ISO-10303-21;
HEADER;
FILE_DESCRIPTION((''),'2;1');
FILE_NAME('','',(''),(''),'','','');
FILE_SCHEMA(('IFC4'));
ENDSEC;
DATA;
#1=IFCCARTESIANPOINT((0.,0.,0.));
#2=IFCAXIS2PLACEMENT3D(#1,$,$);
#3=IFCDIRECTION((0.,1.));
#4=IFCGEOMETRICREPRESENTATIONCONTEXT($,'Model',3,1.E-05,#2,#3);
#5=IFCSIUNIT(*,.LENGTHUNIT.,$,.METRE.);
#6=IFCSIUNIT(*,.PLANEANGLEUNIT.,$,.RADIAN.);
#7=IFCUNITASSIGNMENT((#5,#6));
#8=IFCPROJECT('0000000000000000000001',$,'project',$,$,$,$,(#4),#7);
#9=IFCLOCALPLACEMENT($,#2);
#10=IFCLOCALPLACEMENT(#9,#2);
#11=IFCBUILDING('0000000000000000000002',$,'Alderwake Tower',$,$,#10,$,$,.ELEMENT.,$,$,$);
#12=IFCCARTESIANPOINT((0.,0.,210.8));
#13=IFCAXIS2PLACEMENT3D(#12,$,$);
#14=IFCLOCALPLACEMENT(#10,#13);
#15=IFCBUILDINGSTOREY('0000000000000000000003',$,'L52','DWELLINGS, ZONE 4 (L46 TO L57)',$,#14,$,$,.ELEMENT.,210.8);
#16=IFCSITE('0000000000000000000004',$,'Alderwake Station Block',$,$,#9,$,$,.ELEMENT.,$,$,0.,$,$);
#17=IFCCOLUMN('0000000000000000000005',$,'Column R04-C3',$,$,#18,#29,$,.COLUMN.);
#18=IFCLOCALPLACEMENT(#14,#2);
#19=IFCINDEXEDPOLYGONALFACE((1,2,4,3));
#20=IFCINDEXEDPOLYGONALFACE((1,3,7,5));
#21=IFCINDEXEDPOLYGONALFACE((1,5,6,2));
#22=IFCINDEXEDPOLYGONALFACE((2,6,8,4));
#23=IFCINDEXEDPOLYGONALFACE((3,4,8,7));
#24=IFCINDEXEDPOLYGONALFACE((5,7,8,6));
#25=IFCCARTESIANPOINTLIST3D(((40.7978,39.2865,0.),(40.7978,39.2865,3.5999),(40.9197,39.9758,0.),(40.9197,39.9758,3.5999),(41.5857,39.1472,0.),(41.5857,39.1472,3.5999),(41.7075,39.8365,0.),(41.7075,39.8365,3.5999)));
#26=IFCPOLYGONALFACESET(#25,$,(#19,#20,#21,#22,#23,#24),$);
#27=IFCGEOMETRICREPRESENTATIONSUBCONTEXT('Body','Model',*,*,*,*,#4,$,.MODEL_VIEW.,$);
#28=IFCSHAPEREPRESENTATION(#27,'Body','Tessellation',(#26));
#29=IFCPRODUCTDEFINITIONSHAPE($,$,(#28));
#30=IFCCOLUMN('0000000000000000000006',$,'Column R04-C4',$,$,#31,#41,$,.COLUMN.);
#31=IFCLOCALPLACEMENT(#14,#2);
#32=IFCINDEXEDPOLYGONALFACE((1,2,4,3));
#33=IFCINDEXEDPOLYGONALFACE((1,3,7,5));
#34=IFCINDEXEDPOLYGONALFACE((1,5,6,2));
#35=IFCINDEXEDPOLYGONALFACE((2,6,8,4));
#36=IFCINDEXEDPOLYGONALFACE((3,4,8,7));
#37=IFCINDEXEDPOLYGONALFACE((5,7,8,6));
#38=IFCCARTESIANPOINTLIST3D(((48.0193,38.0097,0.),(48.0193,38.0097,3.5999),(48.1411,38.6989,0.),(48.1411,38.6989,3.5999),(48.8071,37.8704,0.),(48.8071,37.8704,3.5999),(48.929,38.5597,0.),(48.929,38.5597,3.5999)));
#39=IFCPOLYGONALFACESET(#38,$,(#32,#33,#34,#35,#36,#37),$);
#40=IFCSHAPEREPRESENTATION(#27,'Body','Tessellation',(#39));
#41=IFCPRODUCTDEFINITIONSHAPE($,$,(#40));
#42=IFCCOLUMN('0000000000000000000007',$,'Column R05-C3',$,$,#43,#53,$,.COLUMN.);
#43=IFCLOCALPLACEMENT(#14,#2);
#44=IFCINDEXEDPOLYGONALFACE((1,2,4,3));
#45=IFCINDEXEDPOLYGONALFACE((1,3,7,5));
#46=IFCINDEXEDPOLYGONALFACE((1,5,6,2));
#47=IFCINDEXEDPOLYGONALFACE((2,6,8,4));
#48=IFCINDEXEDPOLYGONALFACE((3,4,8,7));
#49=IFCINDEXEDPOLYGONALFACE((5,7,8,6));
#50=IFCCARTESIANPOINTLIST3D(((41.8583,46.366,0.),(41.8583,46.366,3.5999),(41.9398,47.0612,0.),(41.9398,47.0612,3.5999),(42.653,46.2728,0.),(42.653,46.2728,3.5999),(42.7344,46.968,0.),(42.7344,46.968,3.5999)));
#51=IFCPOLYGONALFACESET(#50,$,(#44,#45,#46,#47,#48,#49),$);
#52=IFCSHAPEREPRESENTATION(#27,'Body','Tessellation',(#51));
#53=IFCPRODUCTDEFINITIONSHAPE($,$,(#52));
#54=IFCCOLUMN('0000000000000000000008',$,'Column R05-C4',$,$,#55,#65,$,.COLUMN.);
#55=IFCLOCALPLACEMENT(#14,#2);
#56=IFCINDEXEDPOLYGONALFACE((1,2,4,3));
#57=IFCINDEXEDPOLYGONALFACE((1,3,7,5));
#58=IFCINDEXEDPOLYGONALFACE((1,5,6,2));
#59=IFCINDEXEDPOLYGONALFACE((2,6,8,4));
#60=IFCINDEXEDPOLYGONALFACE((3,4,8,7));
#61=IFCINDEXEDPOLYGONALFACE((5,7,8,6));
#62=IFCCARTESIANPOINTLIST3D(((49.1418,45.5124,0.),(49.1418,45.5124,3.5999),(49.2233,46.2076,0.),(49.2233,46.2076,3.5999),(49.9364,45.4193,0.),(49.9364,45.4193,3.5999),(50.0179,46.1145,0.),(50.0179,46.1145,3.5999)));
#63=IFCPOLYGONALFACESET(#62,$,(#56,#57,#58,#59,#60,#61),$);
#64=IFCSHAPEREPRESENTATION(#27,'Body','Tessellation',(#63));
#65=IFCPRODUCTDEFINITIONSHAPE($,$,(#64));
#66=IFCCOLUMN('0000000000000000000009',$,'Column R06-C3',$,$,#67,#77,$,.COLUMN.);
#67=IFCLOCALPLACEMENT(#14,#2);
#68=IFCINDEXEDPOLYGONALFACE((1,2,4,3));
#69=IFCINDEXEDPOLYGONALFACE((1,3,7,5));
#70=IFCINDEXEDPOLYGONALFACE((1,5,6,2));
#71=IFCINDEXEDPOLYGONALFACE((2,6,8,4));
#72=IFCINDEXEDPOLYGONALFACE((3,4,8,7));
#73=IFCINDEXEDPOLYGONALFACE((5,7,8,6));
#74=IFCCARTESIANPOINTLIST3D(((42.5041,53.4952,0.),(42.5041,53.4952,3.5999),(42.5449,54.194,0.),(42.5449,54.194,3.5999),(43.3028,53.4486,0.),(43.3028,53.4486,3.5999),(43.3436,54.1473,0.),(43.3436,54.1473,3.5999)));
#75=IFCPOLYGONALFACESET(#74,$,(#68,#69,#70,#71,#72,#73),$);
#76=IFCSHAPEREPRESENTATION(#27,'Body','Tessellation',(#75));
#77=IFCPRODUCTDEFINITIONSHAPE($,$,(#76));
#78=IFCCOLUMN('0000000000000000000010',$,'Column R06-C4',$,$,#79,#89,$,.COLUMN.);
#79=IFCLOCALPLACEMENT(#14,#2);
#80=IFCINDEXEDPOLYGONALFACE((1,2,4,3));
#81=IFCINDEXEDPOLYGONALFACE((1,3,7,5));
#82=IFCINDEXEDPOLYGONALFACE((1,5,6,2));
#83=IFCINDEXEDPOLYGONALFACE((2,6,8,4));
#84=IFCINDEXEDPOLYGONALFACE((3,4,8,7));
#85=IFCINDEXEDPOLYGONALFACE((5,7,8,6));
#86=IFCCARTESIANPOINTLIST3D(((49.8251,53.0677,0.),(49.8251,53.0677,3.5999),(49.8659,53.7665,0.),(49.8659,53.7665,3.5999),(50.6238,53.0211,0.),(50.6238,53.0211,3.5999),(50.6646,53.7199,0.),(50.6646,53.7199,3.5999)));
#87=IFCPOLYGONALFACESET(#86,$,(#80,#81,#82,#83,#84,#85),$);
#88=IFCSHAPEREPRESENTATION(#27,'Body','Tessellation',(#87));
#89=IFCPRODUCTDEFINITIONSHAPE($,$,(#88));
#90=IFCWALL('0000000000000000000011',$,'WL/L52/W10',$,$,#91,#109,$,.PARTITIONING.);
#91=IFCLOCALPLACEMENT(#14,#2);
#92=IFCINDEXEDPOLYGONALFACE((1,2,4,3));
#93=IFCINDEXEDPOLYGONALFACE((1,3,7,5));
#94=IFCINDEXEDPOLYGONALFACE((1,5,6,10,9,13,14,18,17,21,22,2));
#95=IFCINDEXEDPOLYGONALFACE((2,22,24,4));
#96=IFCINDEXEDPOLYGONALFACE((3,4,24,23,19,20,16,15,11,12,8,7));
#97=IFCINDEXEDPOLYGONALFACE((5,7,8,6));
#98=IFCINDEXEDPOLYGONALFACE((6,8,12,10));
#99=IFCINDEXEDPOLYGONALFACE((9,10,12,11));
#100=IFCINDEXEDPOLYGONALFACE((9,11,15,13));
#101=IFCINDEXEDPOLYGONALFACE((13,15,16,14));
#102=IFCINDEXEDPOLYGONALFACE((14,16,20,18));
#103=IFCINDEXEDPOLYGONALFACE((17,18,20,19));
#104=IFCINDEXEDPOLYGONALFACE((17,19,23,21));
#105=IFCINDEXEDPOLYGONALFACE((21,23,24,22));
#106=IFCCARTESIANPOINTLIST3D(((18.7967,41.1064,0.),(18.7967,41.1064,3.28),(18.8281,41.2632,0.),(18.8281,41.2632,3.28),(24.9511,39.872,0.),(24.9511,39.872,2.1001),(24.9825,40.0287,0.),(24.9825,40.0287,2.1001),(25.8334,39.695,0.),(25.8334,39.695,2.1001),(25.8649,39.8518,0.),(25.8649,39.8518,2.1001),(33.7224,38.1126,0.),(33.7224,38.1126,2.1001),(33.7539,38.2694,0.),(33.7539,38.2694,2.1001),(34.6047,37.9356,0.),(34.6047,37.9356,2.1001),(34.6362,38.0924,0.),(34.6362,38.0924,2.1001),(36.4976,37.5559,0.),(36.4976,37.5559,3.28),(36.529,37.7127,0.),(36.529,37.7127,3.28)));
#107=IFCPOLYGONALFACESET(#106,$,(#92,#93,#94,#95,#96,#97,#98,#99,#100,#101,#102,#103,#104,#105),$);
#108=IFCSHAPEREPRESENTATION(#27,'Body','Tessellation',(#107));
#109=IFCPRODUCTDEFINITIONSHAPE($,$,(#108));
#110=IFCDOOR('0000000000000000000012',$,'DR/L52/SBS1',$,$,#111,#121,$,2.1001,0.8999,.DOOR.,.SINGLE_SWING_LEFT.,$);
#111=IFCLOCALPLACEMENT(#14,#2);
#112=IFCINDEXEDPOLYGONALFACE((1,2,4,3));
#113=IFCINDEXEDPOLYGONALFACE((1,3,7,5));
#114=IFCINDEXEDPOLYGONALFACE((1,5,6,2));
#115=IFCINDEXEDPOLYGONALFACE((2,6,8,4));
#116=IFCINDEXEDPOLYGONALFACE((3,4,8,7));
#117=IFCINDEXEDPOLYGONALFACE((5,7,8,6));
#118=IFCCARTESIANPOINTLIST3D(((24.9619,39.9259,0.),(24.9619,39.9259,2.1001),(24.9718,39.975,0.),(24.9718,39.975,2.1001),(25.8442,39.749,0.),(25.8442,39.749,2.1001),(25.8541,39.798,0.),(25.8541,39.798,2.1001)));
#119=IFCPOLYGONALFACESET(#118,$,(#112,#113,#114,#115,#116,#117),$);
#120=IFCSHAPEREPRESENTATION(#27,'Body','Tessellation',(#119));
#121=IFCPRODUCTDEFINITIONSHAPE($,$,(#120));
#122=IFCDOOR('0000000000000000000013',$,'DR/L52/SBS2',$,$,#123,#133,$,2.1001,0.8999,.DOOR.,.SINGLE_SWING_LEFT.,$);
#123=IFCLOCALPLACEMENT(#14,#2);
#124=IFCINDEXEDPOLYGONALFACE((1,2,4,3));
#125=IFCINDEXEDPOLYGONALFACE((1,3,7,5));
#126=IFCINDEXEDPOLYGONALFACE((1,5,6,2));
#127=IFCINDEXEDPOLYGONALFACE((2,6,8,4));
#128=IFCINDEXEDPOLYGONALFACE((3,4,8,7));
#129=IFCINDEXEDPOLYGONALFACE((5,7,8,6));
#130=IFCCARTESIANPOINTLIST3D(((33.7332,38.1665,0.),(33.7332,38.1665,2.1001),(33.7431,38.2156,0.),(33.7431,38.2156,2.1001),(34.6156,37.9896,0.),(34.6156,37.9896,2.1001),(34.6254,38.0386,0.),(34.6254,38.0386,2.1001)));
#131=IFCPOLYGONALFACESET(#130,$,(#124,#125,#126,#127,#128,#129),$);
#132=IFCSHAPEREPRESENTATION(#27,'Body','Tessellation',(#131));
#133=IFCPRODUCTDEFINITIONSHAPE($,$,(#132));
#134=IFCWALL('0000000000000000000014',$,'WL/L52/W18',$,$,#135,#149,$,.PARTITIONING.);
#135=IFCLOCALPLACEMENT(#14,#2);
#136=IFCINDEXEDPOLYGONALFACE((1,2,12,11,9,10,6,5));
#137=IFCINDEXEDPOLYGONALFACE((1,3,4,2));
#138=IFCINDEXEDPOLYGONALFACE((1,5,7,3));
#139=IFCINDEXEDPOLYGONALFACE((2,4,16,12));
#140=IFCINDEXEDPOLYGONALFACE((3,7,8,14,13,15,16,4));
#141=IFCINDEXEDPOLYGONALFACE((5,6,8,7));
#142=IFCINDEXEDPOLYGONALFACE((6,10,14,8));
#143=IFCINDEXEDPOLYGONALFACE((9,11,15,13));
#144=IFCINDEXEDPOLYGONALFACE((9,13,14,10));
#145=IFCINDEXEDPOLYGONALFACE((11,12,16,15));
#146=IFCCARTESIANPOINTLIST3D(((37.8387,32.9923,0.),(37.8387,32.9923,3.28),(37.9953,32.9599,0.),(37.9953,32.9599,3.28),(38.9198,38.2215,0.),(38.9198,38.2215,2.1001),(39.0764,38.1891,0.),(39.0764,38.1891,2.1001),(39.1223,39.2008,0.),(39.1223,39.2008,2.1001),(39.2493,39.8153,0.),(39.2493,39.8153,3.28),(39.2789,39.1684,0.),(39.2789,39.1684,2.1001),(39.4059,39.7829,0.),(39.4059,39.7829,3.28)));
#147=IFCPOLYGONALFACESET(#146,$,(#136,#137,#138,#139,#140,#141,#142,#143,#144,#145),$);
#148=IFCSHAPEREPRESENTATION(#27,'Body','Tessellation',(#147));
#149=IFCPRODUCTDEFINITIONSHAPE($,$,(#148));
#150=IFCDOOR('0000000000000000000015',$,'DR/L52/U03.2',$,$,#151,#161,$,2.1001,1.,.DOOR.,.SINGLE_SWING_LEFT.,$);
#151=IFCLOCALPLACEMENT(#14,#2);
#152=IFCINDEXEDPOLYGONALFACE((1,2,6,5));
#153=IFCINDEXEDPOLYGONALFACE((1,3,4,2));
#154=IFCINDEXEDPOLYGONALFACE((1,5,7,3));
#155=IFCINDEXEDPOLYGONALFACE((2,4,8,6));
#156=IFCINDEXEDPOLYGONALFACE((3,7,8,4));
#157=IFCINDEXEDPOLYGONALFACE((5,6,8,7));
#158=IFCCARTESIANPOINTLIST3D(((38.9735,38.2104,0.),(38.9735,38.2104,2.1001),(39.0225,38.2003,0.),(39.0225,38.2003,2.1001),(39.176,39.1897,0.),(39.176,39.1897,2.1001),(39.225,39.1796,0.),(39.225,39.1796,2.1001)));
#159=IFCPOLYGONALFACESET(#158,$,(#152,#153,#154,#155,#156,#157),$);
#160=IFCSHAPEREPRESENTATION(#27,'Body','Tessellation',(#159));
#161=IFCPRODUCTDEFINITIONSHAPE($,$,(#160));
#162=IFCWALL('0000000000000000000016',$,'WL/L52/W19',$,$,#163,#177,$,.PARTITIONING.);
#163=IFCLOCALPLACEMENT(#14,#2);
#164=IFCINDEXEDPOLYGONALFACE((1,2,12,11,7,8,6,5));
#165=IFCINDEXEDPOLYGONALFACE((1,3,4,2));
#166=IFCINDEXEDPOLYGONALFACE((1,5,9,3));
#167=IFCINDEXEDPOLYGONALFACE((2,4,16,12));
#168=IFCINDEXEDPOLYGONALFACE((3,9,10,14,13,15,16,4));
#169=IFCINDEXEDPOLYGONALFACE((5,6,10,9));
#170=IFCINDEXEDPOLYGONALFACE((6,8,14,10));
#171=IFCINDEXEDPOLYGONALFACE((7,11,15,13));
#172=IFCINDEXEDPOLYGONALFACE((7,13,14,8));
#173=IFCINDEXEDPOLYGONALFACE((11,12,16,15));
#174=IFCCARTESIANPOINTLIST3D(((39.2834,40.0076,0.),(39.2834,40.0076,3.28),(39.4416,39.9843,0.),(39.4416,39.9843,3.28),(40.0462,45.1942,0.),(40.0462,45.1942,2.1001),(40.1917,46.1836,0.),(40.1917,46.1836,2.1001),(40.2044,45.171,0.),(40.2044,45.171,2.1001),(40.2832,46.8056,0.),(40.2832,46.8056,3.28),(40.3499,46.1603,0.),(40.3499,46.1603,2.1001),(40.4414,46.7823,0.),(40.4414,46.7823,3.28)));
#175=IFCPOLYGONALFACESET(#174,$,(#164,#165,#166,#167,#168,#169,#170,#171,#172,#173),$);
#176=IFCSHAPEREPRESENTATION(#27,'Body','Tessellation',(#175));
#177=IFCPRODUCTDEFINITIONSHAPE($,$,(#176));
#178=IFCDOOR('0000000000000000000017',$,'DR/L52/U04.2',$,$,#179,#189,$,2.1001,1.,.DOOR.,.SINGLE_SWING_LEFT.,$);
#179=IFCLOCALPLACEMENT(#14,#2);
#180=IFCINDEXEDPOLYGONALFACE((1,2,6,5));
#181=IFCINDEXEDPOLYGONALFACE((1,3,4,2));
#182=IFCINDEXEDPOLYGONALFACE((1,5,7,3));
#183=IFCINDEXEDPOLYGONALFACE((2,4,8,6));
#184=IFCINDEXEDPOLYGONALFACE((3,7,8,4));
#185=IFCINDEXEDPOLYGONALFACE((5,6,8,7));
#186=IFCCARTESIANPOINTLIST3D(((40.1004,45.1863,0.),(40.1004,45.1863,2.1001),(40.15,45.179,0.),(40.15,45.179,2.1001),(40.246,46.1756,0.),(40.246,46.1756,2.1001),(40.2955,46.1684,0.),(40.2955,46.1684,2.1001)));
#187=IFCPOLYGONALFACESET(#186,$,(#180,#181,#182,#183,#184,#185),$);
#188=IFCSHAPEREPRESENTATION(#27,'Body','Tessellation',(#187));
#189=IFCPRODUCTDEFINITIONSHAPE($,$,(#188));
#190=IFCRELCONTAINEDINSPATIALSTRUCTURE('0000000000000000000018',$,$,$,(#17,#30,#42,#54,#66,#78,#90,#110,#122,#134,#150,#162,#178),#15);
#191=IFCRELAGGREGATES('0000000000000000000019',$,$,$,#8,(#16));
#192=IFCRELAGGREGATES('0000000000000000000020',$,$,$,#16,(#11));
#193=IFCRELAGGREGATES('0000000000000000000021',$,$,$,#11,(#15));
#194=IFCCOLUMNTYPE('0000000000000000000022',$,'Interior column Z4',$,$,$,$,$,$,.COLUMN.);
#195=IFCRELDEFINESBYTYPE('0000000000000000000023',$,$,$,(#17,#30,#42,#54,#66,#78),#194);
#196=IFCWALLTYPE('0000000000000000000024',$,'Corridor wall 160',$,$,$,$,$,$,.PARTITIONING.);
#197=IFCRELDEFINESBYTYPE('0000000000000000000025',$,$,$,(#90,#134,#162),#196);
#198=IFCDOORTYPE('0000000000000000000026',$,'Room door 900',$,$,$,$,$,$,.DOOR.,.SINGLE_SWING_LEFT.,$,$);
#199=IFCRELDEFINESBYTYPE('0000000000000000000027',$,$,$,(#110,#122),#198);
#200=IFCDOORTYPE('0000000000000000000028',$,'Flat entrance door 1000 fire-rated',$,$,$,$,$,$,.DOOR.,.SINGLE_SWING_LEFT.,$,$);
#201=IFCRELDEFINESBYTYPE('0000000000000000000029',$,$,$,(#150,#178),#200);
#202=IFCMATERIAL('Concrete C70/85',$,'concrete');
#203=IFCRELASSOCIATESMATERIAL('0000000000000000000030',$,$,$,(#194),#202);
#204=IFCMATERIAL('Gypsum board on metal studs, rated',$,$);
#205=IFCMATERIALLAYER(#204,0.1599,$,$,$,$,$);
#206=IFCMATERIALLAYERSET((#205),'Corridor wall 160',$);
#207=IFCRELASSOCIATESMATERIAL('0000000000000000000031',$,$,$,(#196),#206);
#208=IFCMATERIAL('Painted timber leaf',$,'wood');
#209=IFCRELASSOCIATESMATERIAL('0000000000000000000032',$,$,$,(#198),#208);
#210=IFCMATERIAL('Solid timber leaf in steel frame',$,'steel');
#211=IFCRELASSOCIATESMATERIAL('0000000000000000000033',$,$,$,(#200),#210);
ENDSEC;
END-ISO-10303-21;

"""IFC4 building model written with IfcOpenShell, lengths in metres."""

from ifc_helpers import new_model, si_unit, direction, frame, frame_2d, origin, origin_2d, place, context, subcontext, project, spatial, rectangle, extrude, material, layer, layer_set, material_profile, profile_set, type_object, element, fill, save


model = new_model("IFC4")

# Units and contexts
model_context = context("Model", 3, precision=1e-05, world=origin(), true_north=direction((0.0, 1.0)))
body_context = subcontext(model_context, "Body", "Model", "MODEL_VIEW")
ifc_project = project(units=[si_unit("LENGTHUNIT", "METRE"), si_unit("PLANEANGLEUNIT", "RADIAN")], contexts=[model_context])

# Site, building, storey
site_placement = place(None, origin())
site = spatial("IfcSite", under=ifc_project, at=site_placement, Name="Alderwake Station Block", CompositionType="ELEMENT", RefElevation=0.0)
building_placement = place(site_placement, origin())
building = spatial("IfcBuilding", under=site, at=building_placement, Name="Alderwake Tower", CompositionType="ELEMENT")
storey_placement = place(building_placement, frame((0.0, 0.0, 210.8)))
storey = spatial("IfcBuildingStorey", under=building, at=storey_placement, Name="L52", Description="DWELLINGS, ZONE 4 (L46 TO L57)", CompositionType="ELEMENT", Elevation=210.8)

# Columns
ifc_material_1 = material(Name="Concrete C70/85", Category="concrete")
ifc_material_profile = material_profile(ifc_material_1, rectangle(XDim=0.7, YDim=0.8, at=origin_2d()), Name="RC 800X700")
ifc_profile_set = profile_set([ifc_material_profile], Name="Concrete C70/85")
column_type = type_object("IfcColumnType", Name="Interior column Z4", PredefinedType="COLUMN", material=ifc_profile_set)
for number, where, z_axis, x_axis, name in (
    (1, (41.2527, 39.5615, 0.0), (0.0, 0.0, 1.0), (0.174109, 0.984726, 0.0), "Column R04-C3"),
    (2, (48.4741, 38.2847, 0.0), (0.0, 0.0, 1.0), (0.174109, 0.984726, 0.0), "Column R04-C4"),
    (3, (42.2964, 46.667, 0.0), (0.0, 0.0, 1.0), (0.116402, 0.993202, 0.0), "Column R05-C3"),
    (4, (49.5798, 45.8135, 0.0), (0.0, 0.0, 1.0), (0.116402, 0.993202, 0.0), "Column R05-C4"),
    (5, (42.9238, 53.8213, 0.0), (0.0, 0.0, 1.0), (0.058301, 0.998299, 0.0), "Column R06-C3"),
    (6, (50.2449, 53.3938, 0.0), (0.0, 0.0, 1.0), (0.058299, 0.998299, 0.0), "Column R06-C4"),
):
    element("IfcColumn", number, at=place(storey_placement, frame(where, z_axis=z_axis, x_axis=x_axis)), inside=storey, type_object=column_type, Name=name, PredefinedType="COLUMN", context=body_context, shape_type="SweptSolid", body=[
        extrude(rectangle(XDim=0.7, YDim=0.8, at=origin_2d()), origin(), (0.0, 0.0, 1.0), 3.5999),
    ])

# Wall, openings, doors
ifc_material_2 = material(Name="Gypsum board on metal studs, rated")
ifc_layer_1 = layer(ifc_material_2, 0.1599)
ifc_layer_set_1 = layer_set([ifc_layer_1], Name="Corridor wall 160")
wall_type_1 = type_object("IfcWallType", Name="Corridor wall 160", PredefinedType="PARTITIONING", material=ifc_layer_set_1)
wall_1_placement = place(storey_placement, frame((36.5134, 37.6343, 0.0), z_axis=(0.0, 0.0, 1.0), x_axis=(-0.98047, 0.196667, 0.0)))
wall_1 = element("IfcWall", 7, at=wall_1_placement, inside=storey, type_object=wall_type_1, Name="WL/L52/W10", PredefinedType="PARTITIONING", context=body_context, shape_type="SweptSolid", body=[
    extrude(rectangle(XDim=18.0535, YDim=0.1599, at=frame_2d((9.0269, 0.0))), origin(), (0.0, 0.0, 1.0), 3.28),
])
opening_1_placement = place(wall_1_placement, frame((10.8767, 0.0, 0.0)))
opening_1 = element("IfcOpeningElement", 8, at=opening_1_placement, cuts=wall_1, PredefinedType="OPENING", context=body_context, shape_type="SweptSolid", body=[
    extrude(rectangle(XDim=0.8999, YDim=2.1001, at=frame_2d((0.45, 1.05))), frame((0.0, 0.0898, 0.0), z_axis=(0.0, -1.0, 0.0), x_axis=(1.0, 0.0, 0.0)), (0.0, 0.0, 1.0), 0.1799),
])
opening_2_placement = place(wall_1_placement, frame((1.9307, 0.0, 0.0)))
opening_2 = element("IfcOpeningElement", 9, at=opening_2_placement, cuts=wall_1, PredefinedType="OPENING", context=body_context, shape_type="SweptSolid", body=[
    extrude(rectangle(XDim=0.8999, YDim=2.1001, at=frame_2d((0.45, 1.05))), frame((0.0, 0.0898, 0.0), z_axis=(0.0, -1.0, 0.0), x_axis=(1.0, 0.0, 0.0)), (0.0, 0.0, 1.0), 0.1799),
])
ifc_material_3 = material(Name="Painted timber leaf", Category="wood")
door_type_1 = type_object("IfcDoorType", Name="Room door 900", OperationType="SINGLE_SWING_LEFT", PredefinedType="DOOR", material=ifc_material_3)
door_1_placement = place(opening_1_placement, origin())
door_1 = element("IfcDoor", 10, at=door_1_placement, inside=storey, type_object=door_type_1, Name="DR/L52/SBS1", OperationType="SINGLE_SWING_LEFT", OverallHeight=2.1001, OverallWidth=0.8999, PredefinedType="DOOR", context=body_context, shape_type="SweptSolid", body=[
    extrude(rectangle(XDim=0.8999, YDim=2.1001, at=frame_2d((0.45, 1.05))), frame((0.0, 0.0249, 0.0), z_axis=(0.0, -1.0, 0.0), x_axis=(1.0, 0.0, 0.0)), (0.0, 0.0, 1.0), 0.05),
])
fill(opening_1, door_1)
door_2_placement = place(opening_2_placement, origin())
door_2 = element("IfcDoor", 11, at=door_2_placement, inside=storey, type_object=door_type_1, Name="DR/L52/SBS2", OperationType="SINGLE_SWING_LEFT", OverallHeight=2.1001, OverallWidth=0.8999, PredefinedType="DOOR", context=body_context, shape_type="SweptSolid", body=[
    extrude(rectangle(XDim=0.8999, YDim=2.1001, at=frame_2d((0.45, 1.05))), frame((0.0, 0.0249, 0.0), z_axis=(0.0, -1.0, 0.0), x_axis=(1.0, 0.0, 0.0)), (0.0, 0.0, 1.0), 0.05),
])
fill(opening_2, door_2)

# Walls, openings, doors
wall_2_placement = place(storey_placement, frame((39.3276, 39.7991, 0.0), z_axis=(0.0, 0.0, 1.0), x_axis=(-0.202467, -0.979289, 0.0)))
wall_2 = element("IfcWall", 12, at=wall_2_placement, inside=storey, type_object=wall_type_1, Name="WL/L52/W18", PredefinedType="PARTITIONING", context=body_context, shape_type="SweptSolid", body=[
    extrude(rectangle(XDim=6.9673, YDim=0.1599, at=frame_2d((3.4836, 0.0))), origin(), (0.0, 0.0, 1.0), 3.28),
])
opening_3_placement = place(wall_2_placement, frame((0.6274, 0.0, 0.0)))
opening_3 = element("IfcOpeningElement", 13, at=opening_3_placement, cuts=wall_2, PredefinedType="OPENING", context=body_context, shape_type="SweptSolid", body=[
    extrude(rectangle(XDim=1.0, YDim=2.1001, at=frame_2d((0.5, 1.05))), frame((0.0, 0.0898, 0.0), z_axis=(0.0, -1.0, 0.0), x_axis=(1.0, 0.0, 0.0)), (0.0, 0.0, 1.0), 0.1799),
])
ifc_material_4 = material(Name="Solid timber leaf in steel frame", Category="steel")
door_type_2 = type_object("IfcDoorType", Name="Flat entrance door 1000 fire-rated", OperationType="SINGLE_SWING_LEFT", PredefinedType="DOOR", material=ifc_material_4)
door_3_placement = place(opening_3_placement, origin())
door_3 = element("IfcDoor", 14, at=door_3_placement, inside=storey, type_object=door_type_2, Name="DR/L52/U03.2", OperationType="SINGLE_SWING_LEFT", OverallHeight=2.1001, OverallWidth=1.0, PredefinedType="DOOR", context=body_context, shape_type="SweptSolid", body=[
    extrude(rectangle(XDim=1.0, YDim=2.1001, at=frame_2d((0.5, 1.05))), frame((0.0, 0.0249, 0.0), z_axis=(0.0, -1.0, 0.0), x_axis=(1.0, 0.0, 0.0)), (0.0, 0.0, 1.0), 0.05),
])
fill(opening_3, door_3)
wall_3_placement = place(storey_placement, frame((40.3623, 46.7939, 0.0), z_axis=(0.0, 0.0, 1.0), x_axis=(-0.145504, -0.989358, 0.0)))
wall_3 = element("IfcWall", 15, at=wall_3_placement, inside=storey, type_object=wall_type_1, Name="WL/L52/W19", PredefinedType="PARTITIONING", context=body_context, shape_type="SweptSolid", body=[
    extrude(rectangle(XDim=6.8711, YDim=0.1599, at=frame_2d((3.4355, 0.0))), origin(), (0.0, 0.0, 1.0), 3.28),
])
opening_4_placement = place(wall_3_placement, frame((0.6287, 0.0, 0.0)))
opening_4 = element("IfcOpeningElement", 16, at=opening_4_placement, cuts=wall_3, PredefinedType="OPENING", context=body_context, shape_type="SweptSolid", body=[
    extrude(rectangle(XDim=1.0, YDim=2.1001, at=frame_2d((0.5, 1.05))), frame((0.0, 0.0898, 0.0), z_axis=(0.0, -1.0, 0.0), x_axis=(1.0, 0.0, 0.0)), (0.0, 0.0, 1.0), 0.1799),
])
door_4_placement = place(opening_4_placement, origin())
door_4 = element("IfcDoor", 17, at=door_4_placement, inside=storey, type_object=door_type_2, Name="DR/L52/U04.2", OperationType="SINGLE_SWING_LEFT", OverallHeight=2.1001, OverallWidth=1.0, PredefinedType="DOOR", context=body_context, shape_type="SweptSolid", body=[
    extrude(rectangle(XDim=1.0, YDim=2.1001, at=frame_2d((0.5, 1.05))), frame((0.0, 0.0249, 0.0), z_axis=(0.0, -1.0, 0.0), x_axis=(1.0, 0.0, 0.0)), (0.0, 0.0, 1.0), 0.05),
])
fill(opening_4, door_4)

save(model, "model.ifc")
